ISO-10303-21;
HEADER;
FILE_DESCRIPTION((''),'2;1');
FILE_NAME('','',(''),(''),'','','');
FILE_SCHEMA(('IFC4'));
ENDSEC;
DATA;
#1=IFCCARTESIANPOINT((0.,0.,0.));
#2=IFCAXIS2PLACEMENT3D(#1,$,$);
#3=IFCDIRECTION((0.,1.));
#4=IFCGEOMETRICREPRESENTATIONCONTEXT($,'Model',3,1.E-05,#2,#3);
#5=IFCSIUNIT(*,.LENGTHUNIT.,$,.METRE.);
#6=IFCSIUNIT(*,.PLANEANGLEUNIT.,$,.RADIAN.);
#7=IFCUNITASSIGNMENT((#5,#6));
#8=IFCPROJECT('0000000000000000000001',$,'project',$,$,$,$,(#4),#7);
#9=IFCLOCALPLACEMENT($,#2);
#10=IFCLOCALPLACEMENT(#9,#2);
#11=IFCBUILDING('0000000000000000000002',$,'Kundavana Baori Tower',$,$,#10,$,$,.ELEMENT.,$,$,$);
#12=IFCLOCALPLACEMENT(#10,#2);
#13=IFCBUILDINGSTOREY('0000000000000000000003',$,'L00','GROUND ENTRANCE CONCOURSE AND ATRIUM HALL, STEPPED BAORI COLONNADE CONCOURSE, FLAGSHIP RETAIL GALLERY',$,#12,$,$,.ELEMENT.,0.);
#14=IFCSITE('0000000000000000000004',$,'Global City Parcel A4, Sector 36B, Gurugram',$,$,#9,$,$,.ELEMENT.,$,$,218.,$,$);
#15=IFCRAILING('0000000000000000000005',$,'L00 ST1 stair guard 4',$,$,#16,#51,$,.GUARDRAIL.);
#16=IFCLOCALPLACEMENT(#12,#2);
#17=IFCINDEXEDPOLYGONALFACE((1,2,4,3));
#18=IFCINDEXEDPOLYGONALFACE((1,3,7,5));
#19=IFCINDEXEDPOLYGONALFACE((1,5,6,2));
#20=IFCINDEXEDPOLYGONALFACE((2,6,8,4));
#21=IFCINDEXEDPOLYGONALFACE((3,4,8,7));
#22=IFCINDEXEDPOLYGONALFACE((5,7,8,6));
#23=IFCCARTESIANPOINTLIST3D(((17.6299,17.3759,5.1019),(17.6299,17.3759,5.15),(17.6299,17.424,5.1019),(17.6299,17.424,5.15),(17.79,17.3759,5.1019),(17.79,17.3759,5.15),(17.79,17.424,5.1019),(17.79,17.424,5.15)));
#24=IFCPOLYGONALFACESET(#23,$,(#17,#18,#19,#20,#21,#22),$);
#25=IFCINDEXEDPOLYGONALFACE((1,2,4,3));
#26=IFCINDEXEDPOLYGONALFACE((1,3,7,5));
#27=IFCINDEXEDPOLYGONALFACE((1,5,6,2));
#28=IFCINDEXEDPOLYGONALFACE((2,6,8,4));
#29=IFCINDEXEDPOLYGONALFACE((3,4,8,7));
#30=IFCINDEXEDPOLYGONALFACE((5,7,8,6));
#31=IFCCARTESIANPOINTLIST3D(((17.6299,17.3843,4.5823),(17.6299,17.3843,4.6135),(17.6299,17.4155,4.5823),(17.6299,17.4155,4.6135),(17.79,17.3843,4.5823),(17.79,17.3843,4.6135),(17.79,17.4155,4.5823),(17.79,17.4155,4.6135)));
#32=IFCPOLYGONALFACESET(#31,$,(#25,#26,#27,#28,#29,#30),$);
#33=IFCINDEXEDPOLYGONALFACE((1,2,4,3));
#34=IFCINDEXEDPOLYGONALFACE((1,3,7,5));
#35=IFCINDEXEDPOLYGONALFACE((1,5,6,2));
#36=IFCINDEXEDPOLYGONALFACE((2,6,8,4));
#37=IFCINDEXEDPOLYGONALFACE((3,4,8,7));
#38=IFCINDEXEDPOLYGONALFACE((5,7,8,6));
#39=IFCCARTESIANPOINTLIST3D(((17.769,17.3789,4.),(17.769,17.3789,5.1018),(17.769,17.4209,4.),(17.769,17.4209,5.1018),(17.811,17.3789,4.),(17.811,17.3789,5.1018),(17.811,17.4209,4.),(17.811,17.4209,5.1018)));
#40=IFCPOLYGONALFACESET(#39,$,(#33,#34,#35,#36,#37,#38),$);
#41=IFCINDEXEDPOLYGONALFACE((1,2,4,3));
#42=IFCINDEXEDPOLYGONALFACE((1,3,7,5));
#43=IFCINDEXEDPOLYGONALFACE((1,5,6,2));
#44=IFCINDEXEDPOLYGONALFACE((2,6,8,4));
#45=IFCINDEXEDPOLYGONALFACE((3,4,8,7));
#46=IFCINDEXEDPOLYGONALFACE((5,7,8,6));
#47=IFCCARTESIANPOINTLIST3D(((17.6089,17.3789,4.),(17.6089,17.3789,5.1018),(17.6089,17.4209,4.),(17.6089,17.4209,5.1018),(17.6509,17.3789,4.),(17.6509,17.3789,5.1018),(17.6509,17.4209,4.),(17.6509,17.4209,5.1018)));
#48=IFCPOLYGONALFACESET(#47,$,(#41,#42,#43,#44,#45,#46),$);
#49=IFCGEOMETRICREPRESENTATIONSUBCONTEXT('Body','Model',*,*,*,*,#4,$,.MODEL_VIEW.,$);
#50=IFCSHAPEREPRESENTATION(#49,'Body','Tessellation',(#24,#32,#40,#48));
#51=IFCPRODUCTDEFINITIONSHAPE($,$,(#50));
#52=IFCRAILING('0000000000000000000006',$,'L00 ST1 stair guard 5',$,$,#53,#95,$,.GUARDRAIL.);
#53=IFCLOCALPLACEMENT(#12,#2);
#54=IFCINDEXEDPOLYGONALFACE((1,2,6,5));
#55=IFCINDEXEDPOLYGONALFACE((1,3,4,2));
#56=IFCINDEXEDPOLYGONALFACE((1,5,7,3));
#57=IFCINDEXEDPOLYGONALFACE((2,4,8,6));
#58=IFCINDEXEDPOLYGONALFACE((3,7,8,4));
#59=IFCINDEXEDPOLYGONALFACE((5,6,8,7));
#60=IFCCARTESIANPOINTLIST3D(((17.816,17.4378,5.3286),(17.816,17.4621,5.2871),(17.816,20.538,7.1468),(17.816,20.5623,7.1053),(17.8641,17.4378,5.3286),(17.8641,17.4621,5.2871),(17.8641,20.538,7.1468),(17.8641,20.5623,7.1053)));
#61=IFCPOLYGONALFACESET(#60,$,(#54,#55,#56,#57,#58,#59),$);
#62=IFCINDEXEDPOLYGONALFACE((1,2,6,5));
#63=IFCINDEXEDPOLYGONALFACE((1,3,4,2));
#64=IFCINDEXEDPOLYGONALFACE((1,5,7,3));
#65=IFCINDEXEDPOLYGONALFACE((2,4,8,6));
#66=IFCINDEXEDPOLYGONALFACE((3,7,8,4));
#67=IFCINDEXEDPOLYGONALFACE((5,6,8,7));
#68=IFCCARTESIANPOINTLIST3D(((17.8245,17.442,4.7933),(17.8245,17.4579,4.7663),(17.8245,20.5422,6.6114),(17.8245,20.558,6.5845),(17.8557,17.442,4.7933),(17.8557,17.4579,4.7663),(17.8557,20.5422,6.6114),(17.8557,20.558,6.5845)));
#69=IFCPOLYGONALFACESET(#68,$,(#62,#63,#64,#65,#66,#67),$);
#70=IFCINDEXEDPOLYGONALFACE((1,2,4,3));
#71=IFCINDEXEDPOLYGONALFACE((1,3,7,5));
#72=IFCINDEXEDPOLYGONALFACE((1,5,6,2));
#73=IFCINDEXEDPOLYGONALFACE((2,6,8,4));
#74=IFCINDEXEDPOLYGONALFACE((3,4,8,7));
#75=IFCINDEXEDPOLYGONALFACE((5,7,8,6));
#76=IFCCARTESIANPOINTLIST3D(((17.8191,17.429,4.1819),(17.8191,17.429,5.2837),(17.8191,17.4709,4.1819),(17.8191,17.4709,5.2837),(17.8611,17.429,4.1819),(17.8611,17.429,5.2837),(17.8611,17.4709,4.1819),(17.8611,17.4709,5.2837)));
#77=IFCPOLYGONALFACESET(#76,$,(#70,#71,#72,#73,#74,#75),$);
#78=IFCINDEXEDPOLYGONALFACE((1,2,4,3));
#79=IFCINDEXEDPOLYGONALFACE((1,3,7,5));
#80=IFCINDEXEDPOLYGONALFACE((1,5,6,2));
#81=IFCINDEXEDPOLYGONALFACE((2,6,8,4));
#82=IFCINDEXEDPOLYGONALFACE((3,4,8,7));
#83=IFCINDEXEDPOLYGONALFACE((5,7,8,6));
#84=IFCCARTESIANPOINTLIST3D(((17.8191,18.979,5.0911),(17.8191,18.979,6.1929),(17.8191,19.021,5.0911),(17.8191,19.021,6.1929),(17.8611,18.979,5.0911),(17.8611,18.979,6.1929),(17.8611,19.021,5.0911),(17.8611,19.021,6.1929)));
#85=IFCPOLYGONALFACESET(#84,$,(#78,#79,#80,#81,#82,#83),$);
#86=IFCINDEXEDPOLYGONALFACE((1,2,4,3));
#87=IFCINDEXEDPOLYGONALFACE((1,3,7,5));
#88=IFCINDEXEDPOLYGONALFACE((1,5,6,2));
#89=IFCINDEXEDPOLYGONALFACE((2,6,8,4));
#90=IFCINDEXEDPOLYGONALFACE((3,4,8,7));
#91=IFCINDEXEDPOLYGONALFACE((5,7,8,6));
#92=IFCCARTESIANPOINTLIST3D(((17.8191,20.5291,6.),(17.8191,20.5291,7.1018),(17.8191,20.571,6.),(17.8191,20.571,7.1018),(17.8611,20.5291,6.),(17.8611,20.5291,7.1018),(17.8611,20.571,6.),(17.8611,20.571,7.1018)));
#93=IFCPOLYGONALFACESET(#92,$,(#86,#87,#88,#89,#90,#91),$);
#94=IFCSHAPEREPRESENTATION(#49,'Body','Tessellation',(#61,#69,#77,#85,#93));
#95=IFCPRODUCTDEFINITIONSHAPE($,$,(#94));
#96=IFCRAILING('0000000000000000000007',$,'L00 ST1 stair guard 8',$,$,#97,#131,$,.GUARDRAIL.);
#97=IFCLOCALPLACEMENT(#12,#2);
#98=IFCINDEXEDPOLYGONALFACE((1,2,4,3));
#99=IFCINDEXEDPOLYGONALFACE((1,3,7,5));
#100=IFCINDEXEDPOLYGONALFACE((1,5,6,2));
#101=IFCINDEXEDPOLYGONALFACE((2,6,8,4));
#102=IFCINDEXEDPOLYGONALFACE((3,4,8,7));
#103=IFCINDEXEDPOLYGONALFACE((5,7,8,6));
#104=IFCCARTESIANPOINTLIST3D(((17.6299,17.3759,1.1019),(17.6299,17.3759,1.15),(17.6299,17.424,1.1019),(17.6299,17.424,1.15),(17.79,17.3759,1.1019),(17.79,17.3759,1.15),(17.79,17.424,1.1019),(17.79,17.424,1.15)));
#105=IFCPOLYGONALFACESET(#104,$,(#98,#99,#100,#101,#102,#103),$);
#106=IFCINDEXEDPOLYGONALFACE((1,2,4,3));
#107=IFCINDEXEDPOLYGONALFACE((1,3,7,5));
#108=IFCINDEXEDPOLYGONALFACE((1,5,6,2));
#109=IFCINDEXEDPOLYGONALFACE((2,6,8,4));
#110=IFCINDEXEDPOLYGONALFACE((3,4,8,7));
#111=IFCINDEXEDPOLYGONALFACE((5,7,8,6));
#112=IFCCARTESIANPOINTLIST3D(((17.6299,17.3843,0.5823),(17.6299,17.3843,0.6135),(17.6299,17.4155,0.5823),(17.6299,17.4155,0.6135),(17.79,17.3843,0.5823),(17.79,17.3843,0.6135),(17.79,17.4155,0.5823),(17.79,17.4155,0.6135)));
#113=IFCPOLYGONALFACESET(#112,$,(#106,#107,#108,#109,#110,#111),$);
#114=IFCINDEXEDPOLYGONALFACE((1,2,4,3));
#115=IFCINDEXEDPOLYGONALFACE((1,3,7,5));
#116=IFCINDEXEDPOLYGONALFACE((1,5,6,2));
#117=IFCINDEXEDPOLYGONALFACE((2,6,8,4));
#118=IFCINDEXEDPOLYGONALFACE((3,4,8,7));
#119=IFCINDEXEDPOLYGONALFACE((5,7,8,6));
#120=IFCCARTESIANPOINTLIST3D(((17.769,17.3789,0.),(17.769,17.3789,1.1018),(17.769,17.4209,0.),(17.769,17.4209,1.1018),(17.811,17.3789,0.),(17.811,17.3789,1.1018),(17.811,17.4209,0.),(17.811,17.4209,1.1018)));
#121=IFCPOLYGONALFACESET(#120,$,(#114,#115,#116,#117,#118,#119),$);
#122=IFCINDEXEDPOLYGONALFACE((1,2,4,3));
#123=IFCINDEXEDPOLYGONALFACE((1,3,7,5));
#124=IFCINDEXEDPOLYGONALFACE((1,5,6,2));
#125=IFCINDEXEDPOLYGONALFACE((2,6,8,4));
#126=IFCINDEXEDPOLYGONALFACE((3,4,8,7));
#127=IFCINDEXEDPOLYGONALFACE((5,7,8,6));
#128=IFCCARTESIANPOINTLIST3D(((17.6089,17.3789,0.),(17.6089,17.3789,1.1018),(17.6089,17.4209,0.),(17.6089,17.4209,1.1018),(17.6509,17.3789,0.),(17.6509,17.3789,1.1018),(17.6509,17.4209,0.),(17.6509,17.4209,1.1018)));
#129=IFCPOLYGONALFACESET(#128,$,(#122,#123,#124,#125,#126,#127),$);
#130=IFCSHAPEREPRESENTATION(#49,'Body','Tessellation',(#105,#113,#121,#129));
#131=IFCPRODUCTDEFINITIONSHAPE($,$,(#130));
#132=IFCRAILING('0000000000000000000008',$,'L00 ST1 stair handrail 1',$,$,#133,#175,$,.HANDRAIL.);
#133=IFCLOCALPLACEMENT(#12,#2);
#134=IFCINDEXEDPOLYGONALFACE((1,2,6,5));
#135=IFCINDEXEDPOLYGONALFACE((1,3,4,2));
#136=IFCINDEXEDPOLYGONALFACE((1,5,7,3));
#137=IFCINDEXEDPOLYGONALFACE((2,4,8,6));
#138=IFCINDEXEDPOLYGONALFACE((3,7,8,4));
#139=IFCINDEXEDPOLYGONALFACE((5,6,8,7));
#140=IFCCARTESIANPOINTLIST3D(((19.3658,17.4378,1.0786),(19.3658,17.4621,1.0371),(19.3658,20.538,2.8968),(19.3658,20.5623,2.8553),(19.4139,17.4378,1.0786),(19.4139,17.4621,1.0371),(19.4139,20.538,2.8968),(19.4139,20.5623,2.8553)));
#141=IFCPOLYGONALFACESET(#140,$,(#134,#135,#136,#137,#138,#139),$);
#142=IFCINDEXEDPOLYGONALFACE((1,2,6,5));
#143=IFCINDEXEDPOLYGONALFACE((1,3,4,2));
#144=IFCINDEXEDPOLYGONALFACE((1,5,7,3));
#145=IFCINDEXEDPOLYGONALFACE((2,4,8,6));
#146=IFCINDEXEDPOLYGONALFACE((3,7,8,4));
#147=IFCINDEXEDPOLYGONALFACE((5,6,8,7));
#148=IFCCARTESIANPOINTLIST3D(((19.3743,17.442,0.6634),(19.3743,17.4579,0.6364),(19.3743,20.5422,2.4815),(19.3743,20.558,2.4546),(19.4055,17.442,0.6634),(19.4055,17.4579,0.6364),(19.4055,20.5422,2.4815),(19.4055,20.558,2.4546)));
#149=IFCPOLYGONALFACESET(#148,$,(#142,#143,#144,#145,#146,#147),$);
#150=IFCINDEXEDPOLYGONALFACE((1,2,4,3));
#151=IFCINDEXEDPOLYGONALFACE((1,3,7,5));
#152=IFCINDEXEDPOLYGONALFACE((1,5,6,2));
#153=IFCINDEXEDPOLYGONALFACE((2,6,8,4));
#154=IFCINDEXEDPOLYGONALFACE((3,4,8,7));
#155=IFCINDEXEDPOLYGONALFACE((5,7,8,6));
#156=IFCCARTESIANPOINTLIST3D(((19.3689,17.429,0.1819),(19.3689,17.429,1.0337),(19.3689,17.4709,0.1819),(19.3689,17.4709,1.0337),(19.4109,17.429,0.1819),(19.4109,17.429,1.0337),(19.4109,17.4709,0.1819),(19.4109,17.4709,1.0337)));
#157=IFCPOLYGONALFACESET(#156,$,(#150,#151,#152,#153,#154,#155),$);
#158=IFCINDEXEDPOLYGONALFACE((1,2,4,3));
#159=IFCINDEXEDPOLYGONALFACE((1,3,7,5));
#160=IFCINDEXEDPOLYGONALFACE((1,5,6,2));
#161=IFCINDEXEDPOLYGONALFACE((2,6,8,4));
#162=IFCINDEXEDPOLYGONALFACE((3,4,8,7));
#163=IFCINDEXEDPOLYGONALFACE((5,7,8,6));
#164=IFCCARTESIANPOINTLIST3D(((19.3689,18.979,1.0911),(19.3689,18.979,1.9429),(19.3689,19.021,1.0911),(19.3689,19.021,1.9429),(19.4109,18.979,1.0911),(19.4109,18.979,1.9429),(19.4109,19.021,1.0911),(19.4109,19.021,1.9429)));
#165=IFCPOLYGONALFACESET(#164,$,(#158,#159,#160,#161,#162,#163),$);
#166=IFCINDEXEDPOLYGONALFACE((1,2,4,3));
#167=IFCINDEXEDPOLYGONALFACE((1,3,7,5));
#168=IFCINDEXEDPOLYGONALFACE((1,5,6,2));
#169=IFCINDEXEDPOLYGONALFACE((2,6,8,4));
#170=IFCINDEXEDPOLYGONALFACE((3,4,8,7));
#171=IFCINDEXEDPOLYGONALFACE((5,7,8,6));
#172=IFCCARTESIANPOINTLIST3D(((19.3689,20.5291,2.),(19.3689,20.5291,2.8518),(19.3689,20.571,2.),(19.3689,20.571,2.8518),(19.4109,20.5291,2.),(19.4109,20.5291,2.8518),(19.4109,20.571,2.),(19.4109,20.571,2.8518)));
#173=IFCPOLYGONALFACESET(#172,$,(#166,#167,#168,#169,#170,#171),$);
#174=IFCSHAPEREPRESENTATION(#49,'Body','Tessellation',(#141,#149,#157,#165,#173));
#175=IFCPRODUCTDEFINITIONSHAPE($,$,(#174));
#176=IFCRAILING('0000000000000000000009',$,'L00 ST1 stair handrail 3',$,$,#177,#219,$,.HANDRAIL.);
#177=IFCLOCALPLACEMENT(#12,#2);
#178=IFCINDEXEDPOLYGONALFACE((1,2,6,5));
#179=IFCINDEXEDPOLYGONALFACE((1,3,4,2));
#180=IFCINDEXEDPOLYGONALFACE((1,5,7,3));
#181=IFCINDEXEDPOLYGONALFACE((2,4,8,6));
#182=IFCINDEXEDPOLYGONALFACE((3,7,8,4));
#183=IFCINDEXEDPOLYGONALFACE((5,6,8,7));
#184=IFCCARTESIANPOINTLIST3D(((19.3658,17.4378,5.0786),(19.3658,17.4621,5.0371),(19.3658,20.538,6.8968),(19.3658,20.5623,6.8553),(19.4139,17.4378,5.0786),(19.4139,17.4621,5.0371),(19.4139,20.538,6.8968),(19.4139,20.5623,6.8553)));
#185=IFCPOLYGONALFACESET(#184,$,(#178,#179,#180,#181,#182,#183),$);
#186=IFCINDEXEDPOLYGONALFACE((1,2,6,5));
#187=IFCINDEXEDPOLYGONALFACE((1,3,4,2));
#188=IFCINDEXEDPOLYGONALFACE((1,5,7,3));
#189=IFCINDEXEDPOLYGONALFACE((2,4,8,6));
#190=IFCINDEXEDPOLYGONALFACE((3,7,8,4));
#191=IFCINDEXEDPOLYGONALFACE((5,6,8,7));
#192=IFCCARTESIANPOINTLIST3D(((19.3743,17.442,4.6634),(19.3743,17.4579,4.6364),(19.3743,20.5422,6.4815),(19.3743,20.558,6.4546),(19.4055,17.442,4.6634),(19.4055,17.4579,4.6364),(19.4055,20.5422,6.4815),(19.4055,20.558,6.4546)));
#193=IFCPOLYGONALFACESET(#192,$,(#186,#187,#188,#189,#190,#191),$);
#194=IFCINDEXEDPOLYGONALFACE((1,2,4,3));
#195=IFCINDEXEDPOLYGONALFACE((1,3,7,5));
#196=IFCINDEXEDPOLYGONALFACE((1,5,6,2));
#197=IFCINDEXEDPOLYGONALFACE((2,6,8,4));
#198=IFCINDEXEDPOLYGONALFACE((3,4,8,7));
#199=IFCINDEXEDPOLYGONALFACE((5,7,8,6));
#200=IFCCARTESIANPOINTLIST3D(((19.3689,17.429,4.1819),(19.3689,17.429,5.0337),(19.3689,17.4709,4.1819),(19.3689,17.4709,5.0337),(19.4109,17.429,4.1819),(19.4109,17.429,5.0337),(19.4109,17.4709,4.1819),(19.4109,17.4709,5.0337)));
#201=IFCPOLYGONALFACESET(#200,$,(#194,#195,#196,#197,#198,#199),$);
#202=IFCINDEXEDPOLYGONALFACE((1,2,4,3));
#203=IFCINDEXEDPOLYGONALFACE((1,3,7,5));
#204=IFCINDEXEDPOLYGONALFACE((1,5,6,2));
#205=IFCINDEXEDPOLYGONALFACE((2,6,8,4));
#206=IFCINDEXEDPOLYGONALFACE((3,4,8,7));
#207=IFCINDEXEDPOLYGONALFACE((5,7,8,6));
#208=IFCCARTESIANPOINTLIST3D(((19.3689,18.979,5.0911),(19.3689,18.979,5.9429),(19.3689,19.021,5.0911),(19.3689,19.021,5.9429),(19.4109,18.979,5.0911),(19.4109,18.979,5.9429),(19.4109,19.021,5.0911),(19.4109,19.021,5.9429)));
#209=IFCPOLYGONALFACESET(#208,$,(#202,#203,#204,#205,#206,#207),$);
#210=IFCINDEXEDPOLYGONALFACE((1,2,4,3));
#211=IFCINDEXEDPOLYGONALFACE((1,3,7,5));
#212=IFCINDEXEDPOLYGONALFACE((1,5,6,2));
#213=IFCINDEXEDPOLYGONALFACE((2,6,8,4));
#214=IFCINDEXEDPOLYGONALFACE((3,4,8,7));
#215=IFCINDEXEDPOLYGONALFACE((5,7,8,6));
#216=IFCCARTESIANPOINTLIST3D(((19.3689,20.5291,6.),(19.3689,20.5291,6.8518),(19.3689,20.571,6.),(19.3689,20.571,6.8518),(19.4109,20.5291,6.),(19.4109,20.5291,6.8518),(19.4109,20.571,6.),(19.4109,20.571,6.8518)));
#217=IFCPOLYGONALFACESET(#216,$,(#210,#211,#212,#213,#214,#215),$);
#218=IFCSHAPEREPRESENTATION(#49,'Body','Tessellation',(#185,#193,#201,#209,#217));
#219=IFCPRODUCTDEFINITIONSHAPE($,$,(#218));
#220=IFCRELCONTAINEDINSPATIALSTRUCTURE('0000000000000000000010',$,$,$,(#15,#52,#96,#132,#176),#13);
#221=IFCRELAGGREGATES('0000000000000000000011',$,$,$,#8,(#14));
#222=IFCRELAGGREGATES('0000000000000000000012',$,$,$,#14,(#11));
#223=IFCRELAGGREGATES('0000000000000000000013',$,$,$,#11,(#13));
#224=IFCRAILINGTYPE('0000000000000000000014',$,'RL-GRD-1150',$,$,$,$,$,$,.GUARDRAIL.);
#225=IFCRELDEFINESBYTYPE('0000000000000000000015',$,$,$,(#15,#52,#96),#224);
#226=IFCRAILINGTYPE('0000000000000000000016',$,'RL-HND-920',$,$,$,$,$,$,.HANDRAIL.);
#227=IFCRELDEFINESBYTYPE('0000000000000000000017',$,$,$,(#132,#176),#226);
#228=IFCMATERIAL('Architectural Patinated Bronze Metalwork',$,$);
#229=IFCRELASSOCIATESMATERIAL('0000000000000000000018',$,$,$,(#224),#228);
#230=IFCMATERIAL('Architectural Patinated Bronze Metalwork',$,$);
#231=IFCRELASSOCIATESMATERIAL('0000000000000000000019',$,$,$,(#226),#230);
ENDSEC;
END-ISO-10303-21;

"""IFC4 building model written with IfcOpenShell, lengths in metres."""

from ifc_helpers import new_model, si_unit, direction, frame, origin, origin_2d, place, context, subcontext, project, spatial, rectangle, extrude, material, type_object, element, save


model = new_model("IFC4")

# Units and contexts
model_context = context("Model", 3, precision=1e-05, world=origin(), true_north=direction((0.0, 1.0)))
body_context = subcontext(model_context, "Body", "Model", "MODEL_VIEW")
ifc_project = project(units=[si_unit("LENGTHUNIT", "METRE"), si_unit("PLANEANGLEUNIT", "RADIAN")], contexts=[model_context])

# Site, building, storey
site_placement = place(None, origin())
site = spatial("IfcSite", under=ifc_project, at=site_placement, Name="Global City Parcel A4, Sector 36B, Gurugram", CompositionType="ELEMENT", RefElevation=218.0)
building_placement = place(site_placement, origin())
building = spatial("IfcBuilding", under=site, at=building_placement, Name="Kundavana Baori Tower", CompositionType="ELEMENT")
storey_placement = place(building_placement, origin())
storey = spatial("IfcBuildingStorey", under=building, at=storey_placement, Name="L00", Description="GROUND ENTRANCE CONCOURSE AND ATRIUM HALL, STEPPED BAORI COLONNADE CONCOURSE, FLAGSHIP RETAIL GALLERY", CompositionType="ELEMENT", Elevation=0.0)

# Railings
ifc_material_1 = material(Name="Architectural Patinated Bronze Metalwork")
railing_type_1 = type_object("IfcRailingType", Name="RL-GRD-1150", PredefinedType="GUARDRAIL", material=ifc_material_1)
railing_1_placement = place(storey_placement, frame((17.79, 17.3999, 4.0)))
element("IfcRailing", 1, at=railing_1_placement, inside=storey, type_object=railing_type_1, Name="L00 ST1 stair guard 4", PredefinedType="GUARDRAIL", context=body_context, shape_type="SweptSolid", body=[
    extrude(rectangle(XDim=0.0481, YDim=0.0481, at=origin_2d()), frame((0.0, 0.0, 1.126), z_axis=(-1.0, 0.0, 0.0), x_axis=(0.0, -1.0, 0.0)), (0.0, 0.0, 1.0), 0.1602),
    extrude(rectangle(XDim=0.0312, YDim=0.0312, at=origin_2d()), frame((0.0, 0.0, 0.5979), z_axis=(-1.0, 0.0, 0.0), x_axis=(0.0, -1.0, 0.0)), (0.0, 0.0, 1.0), 0.1602),
    extrude(rectangle(XDim=0.042, YDim=0.042, at=origin_2d()), origin(), (0.0, 0.0, 1.0), 1.1018),
    extrude(rectangle(XDim=0.042, YDim=0.042, at=origin_2d()), frame((-0.1602, 0.0, 0.0)), (0.0, 0.0, 1.0), 1.1018),
])
railing_2_placement = place(storey_placement, frame((17.8401, 17.45, 4.1819)))
element("IfcRailing", 2, at=railing_2_placement, inside=storey, type_object=railing_type_1, Name="L00 ST1 stair guard 5", PredefinedType="GUARDRAIL", context=body_context, shape_type="SweptSolid", body=[
    extrude(rectangle(XDim=0.0481, YDim=0.0481, at=origin_2d()), frame((0.0, 0.0, 1.126), z_axis=(0.0, 0.862599, 0.505889), x_axis=(-1.0, 0.0, 0.0)), (0.0, 0.0, 1.0), 3.594),
    extrude(rectangle(XDim=0.0312, YDim=0.0312, at=origin_2d()), frame((0.0, 0.0, 0.5979), z_axis=(0.0, 0.862599, 0.505889), x_axis=(-1.0, 0.0, 0.0)), (0.0, 0.0, 1.0), 3.594),
    extrude(rectangle(XDim=0.042, YDim=0.042, at=origin_2d()), origin(), (0.0, 0.0, 1.0), 1.1018),
    extrude(rectangle(XDim=0.042, YDim=0.042, at=origin_2d()), frame((0.0, 1.55, 0.9092)), (0.0, 0.0, 1.0), 1.1018),
    extrude(rectangle(XDim=0.042, YDim=0.042, at=origin_2d()), frame((0.0, 3.1001, 1.8181)), (0.0, 0.0, 1.0), 1.1018),
])
railing_3_placement = place(storey_placement, frame((17.79, 17.3999, 0.0)))
element("IfcRailing", 3, at=railing_3_placement, inside=storey, type_object=railing_type_1, Name="L00 ST1 stair guard 8", PredefinedType="GUARDRAIL", context=body_context, shape_type="SweptSolid", body=[
    extrude(rectangle(XDim=0.0481, YDim=0.0481, at=origin_2d()), frame((0.0, 0.0, 1.126), z_axis=(-1.0, 0.0, 0.0), x_axis=(0.0, -1.0, 0.0)), (0.0, 0.0, 1.0), 0.1602),
    extrude(rectangle(XDim=0.0312, YDim=0.0312, at=origin_2d()), frame((0.0, 0.0, 0.5979), z_axis=(-1.0, 0.0, 0.0), x_axis=(0.0, -1.0, 0.0)), (0.0, 0.0, 1.0), 0.1602),
    extrude(rectangle(XDim=0.042, YDim=0.042, at=origin_2d()), origin(), (0.0, 0.0, 1.0), 1.1018),
    extrude(rectangle(XDim=0.042, YDim=0.042, at=origin_2d()), frame((-0.1602, 0.0, 0.0)), (0.0, 0.0, 1.0), 1.1018),
])
ifc_material_2 = material(Name="Architectural Patinated Bronze Metalwork")
railing_type_2 = type_object("IfcRailingType", Name="RL-HND-920", PredefinedType="HANDRAIL", material=ifc_material_2)
for number, where, name in (
    (4, (19.3899, 17.45, 0.1819), "L00 ST1 stair handrail 1"),
    (5, (19.3899, 17.45, 4.1819), "L00 ST1 stair handrail 3"),
):
    element("IfcRailing", number, at=place(storey_placement, frame(where)), inside=storey, type_object=railing_type_2, Name=name, PredefinedType="HANDRAIL", context=body_context, shape_type="SweptSolid", body=[
        extrude(rectangle(XDim=0.0481, YDim=0.0481, at=origin_2d()), frame((0.0, 0.0, 0.876), z_axis=(0.0, 0.862599, 0.505889), x_axis=(-1.0, 0.0, 0.0)), (0.0, 0.0, 1.0), 3.594),
        extrude(rectangle(XDim=0.0312, YDim=0.0312, at=origin_2d()), frame((0.0, 0.0, 0.468), z_axis=(0.0, 0.862599, 0.505889), x_axis=(-1.0, 0.0, 0.0)), (0.0, 0.0, 1.0), 3.594),
        extrude(rectangle(XDim=0.042, YDim=0.042, at=origin_2d()), origin(), (0.0, 0.0, 1.0), 0.8518),
        extrude(rectangle(XDim=0.042, YDim=0.042, at=origin_2d()), frame((0.0, 1.55, 0.9092)), (0.0, 0.0, 1.0), 0.8518),
        extrude(rectangle(XDim=0.042, YDim=0.042, at=origin_2d()), frame((0.0, 3.1001, 1.8181)), (0.0, 0.0, 1.0), 0.8518),
    ])

save(model, "model.ifc")
